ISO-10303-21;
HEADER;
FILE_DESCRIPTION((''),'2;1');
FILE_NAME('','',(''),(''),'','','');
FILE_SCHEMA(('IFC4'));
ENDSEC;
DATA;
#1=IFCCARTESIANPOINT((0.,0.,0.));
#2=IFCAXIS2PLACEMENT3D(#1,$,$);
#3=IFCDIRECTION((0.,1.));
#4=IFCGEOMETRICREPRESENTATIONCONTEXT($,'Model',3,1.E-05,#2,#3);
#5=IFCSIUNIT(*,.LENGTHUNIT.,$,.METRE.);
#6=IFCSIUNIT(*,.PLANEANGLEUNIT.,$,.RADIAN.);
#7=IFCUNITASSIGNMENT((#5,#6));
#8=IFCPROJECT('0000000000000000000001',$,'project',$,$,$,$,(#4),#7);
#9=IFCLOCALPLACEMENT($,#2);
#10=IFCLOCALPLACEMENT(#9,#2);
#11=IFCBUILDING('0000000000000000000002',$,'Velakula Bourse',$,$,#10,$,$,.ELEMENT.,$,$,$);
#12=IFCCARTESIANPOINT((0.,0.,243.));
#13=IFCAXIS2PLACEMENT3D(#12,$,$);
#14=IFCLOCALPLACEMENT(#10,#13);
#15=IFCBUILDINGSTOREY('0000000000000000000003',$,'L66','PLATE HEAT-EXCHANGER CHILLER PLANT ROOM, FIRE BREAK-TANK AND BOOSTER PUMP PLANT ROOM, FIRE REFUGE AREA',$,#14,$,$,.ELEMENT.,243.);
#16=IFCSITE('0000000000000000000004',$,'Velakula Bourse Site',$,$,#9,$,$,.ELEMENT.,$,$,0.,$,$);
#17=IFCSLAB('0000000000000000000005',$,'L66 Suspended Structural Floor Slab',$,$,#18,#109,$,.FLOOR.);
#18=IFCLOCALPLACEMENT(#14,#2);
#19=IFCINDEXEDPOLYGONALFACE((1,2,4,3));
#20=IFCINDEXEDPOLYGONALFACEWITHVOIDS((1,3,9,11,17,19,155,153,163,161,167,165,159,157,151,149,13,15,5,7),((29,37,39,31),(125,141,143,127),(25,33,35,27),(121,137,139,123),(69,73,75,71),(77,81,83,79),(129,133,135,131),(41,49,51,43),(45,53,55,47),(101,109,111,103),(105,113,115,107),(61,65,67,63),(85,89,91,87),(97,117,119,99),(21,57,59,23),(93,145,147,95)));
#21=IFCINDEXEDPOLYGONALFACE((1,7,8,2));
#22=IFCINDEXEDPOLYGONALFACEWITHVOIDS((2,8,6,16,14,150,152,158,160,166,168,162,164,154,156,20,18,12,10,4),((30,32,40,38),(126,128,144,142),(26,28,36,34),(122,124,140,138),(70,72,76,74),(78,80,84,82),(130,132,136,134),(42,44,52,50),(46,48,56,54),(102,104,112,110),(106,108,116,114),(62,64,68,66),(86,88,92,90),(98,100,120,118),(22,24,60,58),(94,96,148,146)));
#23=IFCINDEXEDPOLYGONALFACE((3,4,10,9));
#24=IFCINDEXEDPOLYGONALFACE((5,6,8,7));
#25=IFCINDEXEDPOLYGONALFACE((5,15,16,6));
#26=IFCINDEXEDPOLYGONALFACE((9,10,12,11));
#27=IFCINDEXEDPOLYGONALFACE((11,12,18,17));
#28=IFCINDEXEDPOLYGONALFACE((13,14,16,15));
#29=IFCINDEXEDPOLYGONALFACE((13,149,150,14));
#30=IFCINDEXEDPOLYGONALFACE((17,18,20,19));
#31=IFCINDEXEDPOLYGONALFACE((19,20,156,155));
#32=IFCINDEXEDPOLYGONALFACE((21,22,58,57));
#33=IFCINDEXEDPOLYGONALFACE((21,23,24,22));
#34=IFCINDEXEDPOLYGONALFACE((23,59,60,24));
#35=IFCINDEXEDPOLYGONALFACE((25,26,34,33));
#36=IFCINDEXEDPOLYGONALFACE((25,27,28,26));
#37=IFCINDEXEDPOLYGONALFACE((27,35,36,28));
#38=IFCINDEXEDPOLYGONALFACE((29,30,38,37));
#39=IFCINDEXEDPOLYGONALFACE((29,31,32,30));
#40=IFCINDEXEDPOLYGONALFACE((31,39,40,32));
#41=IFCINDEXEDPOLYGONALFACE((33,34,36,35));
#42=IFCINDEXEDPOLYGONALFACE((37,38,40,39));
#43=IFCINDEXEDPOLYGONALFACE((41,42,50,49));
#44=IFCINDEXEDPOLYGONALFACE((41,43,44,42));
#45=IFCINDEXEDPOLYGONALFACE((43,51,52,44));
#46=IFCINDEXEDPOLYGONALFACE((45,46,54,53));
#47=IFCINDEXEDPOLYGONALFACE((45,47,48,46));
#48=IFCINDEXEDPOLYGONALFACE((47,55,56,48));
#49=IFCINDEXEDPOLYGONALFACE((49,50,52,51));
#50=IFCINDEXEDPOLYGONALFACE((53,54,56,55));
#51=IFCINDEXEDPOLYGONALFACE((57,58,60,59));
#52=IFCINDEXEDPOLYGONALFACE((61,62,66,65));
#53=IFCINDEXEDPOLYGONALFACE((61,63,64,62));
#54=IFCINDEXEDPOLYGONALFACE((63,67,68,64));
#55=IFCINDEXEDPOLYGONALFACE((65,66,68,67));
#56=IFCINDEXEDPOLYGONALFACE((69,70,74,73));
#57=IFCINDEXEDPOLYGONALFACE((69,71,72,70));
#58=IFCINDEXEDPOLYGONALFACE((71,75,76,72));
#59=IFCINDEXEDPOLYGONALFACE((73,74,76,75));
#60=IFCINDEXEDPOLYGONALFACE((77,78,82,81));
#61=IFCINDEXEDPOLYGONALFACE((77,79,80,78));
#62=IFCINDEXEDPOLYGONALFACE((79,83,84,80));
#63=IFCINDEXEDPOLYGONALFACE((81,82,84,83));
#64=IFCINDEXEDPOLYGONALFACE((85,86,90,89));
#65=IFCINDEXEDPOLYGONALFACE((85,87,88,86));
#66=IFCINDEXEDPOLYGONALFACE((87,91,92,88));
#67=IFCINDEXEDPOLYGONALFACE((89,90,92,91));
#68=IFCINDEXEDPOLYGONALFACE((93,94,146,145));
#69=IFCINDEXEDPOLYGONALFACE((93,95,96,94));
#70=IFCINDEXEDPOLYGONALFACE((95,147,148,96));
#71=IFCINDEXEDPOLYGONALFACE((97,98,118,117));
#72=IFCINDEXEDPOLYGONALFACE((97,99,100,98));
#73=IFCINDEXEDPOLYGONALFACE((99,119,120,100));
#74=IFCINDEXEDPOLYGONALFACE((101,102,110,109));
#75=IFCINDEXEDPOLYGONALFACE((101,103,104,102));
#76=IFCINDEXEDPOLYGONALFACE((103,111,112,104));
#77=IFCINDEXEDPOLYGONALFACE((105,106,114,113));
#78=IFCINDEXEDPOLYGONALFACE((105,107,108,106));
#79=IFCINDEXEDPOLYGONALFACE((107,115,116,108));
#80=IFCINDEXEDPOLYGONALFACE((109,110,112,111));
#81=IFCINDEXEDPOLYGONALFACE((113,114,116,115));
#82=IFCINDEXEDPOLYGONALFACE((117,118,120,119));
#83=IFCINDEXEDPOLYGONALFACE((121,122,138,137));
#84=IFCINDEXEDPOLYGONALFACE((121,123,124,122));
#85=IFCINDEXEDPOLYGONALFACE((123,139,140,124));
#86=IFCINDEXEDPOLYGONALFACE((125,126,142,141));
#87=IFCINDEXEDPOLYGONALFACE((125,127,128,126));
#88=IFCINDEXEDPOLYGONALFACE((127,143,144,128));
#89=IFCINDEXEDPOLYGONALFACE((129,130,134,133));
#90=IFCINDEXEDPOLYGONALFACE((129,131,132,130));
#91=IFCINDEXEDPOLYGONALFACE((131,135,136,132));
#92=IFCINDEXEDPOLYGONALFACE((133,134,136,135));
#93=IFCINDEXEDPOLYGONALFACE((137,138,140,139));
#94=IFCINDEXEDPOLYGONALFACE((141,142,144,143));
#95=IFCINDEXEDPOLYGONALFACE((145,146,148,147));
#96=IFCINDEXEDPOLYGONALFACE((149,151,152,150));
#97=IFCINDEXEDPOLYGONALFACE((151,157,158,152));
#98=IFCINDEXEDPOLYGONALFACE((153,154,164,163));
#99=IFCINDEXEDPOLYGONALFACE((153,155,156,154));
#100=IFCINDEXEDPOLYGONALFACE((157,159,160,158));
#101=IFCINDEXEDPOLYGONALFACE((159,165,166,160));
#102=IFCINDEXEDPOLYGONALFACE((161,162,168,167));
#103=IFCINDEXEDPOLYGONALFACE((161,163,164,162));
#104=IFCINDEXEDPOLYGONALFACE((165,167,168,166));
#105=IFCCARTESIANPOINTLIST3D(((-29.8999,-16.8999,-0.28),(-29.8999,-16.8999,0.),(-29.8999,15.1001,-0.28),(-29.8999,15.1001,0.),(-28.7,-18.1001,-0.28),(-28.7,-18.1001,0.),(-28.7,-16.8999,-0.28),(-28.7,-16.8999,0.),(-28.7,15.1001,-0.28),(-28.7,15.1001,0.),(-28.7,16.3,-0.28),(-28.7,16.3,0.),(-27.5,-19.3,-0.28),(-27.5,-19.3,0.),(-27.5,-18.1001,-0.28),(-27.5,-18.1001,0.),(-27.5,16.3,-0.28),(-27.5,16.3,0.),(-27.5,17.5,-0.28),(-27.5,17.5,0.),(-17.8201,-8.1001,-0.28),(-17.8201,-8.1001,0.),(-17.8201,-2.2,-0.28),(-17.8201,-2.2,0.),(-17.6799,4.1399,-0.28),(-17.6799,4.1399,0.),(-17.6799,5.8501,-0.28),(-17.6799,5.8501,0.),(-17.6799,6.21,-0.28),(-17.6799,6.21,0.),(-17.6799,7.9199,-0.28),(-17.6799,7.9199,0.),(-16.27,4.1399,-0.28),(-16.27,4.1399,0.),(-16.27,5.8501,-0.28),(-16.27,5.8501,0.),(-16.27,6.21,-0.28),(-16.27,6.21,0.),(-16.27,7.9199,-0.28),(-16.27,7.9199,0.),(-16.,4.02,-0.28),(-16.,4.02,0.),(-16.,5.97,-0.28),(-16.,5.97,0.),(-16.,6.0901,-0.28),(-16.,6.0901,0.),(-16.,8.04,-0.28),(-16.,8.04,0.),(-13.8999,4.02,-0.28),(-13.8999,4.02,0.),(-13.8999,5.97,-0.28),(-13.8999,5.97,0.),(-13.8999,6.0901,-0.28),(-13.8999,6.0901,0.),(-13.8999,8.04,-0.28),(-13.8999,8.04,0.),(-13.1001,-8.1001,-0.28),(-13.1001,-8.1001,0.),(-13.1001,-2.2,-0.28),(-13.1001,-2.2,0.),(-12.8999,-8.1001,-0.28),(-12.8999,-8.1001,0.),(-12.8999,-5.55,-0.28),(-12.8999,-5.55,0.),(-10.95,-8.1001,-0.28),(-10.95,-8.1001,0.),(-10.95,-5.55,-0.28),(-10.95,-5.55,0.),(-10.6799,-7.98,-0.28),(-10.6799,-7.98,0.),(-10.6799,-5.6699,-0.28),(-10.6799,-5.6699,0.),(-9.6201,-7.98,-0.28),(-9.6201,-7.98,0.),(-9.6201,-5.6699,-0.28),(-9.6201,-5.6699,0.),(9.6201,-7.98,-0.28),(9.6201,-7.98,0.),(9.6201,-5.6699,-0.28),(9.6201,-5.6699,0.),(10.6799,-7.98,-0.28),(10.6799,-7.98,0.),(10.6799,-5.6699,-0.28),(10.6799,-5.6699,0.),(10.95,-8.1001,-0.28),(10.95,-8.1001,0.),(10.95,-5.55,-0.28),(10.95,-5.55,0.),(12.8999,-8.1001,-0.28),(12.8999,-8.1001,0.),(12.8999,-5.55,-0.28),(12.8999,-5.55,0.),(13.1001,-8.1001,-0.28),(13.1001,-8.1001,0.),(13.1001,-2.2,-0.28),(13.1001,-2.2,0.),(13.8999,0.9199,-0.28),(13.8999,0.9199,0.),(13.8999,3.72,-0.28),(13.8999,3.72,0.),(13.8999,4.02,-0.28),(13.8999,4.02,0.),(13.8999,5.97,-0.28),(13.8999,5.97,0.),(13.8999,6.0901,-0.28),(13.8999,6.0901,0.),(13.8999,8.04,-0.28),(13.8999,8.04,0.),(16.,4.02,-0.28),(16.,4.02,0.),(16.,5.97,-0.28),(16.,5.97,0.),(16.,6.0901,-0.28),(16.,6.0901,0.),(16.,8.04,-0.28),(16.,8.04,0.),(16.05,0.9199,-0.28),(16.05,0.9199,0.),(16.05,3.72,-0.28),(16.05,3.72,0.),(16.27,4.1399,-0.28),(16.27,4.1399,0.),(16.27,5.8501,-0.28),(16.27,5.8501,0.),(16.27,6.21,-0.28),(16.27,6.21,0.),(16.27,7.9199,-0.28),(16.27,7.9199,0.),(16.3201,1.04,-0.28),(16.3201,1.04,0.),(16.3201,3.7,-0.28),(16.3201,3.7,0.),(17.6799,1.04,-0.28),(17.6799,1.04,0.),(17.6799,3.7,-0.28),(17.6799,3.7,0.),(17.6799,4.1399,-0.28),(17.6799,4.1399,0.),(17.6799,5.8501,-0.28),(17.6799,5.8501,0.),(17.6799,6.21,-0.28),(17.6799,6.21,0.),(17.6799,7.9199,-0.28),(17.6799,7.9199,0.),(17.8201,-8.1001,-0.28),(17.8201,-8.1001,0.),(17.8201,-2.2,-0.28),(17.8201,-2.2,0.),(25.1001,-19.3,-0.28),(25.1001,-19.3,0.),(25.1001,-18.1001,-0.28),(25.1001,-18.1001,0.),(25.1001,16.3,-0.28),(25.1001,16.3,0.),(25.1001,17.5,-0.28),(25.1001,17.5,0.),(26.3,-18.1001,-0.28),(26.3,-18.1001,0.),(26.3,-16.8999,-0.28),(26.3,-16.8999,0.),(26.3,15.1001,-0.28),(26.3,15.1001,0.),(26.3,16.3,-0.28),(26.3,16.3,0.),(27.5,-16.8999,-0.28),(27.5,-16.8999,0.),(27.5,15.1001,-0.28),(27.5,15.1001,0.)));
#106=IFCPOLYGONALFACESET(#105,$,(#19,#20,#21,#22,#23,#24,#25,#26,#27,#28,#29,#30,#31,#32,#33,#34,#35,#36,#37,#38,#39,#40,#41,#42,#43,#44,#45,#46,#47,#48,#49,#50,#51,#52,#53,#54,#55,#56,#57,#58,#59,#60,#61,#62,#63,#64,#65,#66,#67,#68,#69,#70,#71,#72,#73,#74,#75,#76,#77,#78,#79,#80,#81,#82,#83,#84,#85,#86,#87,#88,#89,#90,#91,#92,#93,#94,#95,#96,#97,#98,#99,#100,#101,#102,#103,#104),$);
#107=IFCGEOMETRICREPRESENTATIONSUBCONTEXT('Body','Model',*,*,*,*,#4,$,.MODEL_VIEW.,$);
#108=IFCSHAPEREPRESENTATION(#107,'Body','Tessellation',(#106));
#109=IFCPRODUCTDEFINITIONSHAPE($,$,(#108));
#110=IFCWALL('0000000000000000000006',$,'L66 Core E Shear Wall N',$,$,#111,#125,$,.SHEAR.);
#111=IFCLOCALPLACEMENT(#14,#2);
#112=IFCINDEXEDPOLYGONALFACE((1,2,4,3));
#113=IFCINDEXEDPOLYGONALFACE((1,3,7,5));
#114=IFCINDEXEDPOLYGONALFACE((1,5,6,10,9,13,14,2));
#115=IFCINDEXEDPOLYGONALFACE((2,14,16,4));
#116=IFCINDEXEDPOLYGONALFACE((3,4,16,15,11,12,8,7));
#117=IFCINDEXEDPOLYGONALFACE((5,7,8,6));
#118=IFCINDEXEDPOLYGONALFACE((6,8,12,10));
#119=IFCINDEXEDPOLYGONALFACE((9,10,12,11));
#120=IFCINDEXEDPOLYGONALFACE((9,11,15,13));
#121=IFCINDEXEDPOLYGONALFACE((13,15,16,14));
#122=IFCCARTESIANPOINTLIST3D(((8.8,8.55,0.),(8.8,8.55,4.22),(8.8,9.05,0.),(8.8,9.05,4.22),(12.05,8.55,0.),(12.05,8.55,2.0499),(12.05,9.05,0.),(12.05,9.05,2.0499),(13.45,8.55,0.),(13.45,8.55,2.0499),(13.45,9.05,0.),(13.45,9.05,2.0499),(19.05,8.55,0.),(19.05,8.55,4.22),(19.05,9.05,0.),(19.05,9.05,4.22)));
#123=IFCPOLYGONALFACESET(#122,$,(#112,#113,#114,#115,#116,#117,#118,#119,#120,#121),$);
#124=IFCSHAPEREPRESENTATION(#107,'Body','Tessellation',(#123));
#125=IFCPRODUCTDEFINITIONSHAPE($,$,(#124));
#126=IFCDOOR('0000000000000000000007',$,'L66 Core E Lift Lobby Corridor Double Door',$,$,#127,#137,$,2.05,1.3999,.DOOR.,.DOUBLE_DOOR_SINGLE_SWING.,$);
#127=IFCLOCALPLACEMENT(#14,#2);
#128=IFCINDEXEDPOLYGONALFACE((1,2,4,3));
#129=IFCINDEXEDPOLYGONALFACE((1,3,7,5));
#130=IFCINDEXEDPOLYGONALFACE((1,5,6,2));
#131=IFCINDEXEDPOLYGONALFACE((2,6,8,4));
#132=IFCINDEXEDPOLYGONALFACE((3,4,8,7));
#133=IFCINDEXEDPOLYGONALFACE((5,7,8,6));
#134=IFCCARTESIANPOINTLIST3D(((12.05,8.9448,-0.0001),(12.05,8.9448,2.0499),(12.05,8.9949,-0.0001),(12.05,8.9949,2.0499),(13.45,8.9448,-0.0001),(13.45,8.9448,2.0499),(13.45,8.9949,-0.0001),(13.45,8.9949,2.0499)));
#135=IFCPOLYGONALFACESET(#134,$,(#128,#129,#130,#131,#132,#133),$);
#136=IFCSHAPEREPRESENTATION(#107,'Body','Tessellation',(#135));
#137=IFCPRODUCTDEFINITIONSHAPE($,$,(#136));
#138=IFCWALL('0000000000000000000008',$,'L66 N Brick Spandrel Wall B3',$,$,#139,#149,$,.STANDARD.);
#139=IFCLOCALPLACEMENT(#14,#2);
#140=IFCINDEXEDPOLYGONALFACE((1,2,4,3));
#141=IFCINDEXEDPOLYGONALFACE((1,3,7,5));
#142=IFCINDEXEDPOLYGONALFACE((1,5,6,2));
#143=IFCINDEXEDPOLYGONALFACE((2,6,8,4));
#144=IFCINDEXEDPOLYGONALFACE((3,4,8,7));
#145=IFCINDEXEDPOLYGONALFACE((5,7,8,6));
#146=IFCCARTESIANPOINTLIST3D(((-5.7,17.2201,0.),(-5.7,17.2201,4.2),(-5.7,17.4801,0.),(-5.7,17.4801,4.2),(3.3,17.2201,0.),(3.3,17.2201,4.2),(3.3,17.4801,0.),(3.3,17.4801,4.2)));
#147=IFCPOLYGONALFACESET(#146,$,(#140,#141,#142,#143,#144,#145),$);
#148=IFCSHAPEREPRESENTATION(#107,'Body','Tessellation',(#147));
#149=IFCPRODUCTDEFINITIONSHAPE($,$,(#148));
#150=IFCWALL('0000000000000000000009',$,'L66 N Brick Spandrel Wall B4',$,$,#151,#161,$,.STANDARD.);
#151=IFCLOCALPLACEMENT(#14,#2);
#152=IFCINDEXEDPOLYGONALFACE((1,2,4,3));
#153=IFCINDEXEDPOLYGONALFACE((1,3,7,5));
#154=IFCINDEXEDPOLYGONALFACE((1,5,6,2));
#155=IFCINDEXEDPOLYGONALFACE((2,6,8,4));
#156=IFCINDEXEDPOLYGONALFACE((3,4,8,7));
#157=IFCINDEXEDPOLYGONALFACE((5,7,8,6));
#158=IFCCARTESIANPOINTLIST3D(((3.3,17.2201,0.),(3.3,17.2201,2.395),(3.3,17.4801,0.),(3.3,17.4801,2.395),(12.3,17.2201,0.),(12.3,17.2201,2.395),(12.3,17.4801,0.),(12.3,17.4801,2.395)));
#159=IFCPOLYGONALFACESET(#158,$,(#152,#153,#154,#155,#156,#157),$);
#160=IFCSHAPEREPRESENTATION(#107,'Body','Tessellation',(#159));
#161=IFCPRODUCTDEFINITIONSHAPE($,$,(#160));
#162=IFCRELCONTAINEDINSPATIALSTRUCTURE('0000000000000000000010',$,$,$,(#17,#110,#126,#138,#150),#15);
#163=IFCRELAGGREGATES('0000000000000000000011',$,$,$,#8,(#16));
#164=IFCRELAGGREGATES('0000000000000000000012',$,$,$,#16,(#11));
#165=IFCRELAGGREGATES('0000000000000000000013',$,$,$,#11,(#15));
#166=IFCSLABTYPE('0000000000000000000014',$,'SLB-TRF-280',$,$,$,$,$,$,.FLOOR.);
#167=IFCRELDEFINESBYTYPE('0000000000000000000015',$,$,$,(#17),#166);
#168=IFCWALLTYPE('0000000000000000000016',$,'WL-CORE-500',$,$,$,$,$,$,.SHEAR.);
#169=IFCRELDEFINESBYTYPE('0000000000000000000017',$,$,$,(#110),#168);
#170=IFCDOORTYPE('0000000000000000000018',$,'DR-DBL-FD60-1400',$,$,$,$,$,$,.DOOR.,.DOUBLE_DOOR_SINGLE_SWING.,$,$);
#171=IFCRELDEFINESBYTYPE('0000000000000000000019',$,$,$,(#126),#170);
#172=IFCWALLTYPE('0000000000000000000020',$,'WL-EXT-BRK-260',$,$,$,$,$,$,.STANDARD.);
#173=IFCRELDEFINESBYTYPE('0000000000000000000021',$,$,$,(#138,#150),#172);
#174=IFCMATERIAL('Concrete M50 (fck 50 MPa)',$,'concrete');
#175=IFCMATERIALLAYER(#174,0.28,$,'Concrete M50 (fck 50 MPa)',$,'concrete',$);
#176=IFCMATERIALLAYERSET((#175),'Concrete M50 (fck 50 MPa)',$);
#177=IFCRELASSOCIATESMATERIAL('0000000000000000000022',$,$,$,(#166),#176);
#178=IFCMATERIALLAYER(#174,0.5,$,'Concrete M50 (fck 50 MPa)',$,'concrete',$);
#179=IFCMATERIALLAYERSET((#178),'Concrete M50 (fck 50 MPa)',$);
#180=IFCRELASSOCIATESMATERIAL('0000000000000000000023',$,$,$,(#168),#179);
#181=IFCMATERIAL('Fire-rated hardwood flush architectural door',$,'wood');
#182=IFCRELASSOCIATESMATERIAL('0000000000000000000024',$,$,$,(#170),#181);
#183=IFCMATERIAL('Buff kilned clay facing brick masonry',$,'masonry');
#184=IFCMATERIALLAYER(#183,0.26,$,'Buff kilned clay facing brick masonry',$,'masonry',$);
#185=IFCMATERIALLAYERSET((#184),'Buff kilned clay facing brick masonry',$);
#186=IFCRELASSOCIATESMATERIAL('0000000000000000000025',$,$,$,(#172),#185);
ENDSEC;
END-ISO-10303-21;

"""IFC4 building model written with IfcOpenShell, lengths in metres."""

from ifc_helpers import new_model, si_unit, direction, frame, frame_2d, origin, place, context, subcontext, project, spatial, polyline, rectangle, outline, extrude, material, layer, layer_set, type_object, element, fill, save


model = new_model("IFC4")

# Units and contexts
model_context = context("Model", 3, precision=1e-05, world=origin(), true_north=direction((0.0, 1.0)))
body_context = subcontext(model_context, "Body", "Model", "MODEL_VIEW")
ifc_project = project(units=[si_unit("LENGTHUNIT", "METRE"), si_unit("PLANEANGLEUNIT", "RADIAN")], contexts=[model_context])

# Site, building, storey
site_placement = place(None, origin())
site = spatial("IfcSite", under=ifc_project, at=site_placement, Name="Velakula Bourse Site", CompositionType="ELEMENT", RefElevation=0.0)
building_placement = place(site_placement, origin())
building = spatial("IfcBuilding", under=site, at=building_placement, Name="Velakula Bourse", CompositionType="ELEMENT")
storey_placement = place(building_placement, frame((0.0, 0.0, 243.0)))
storey = spatial("IfcBuildingStorey", under=building, at=storey_placement, Name="L66", Description="PLATE HEAT-EXCHANGER CHILLER PLANT ROOM, FIRE BREAK-TANK AND BOOSTER PUMP PLANT ROOM, FIRE REFUGE AREA", CompositionType="ELEMENT", Elevation=243.0)

# Shared definitions
ifc_material_1 = material(Name="Concrete M50 (fck 50 MPa)", Category="concrete")

# Slab
ifc_layer_1 = layer(ifc_material_1, 0.28, Name="Concrete M50 (fck 50 MPa)", Category="concrete")
ifc_layer_set_1 = layer_set([ifc_layer_1], Name="Concrete M50 (fck 50 MPa)")
slab_type_1 = type_object("IfcSlabType", Name="SLB-TRF-280", PredefinedType="FLOOR", material=ifc_layer_set_1)
slab_1_placement = place(storey_placement, frame((0.0, 0.0, -0.28)))
element("IfcSlab", 1, at=slab_1_placement, inside=storey, type_object=slab_type_1, Name="L66 Suspended Structural Floor Slab", PredefinedType="FLOOR", context=body_context, shape_type="SweptSolid", body=[
    extrude(outline(polyline([(-27.5, -19.3), (25.1001, -19.3), (25.1001, -18.1001), (26.3, -18.1001), (26.3, -16.8999), (27.5, -16.8999), (27.5, 15.1001), (26.3, 15.1001), (26.3, 16.3), (25.1001, 16.3), (25.1001, 17.5), (-27.5, 17.5), (-27.5, 16.3), (-28.7, 16.3), (-28.7, 15.1001), (-29.8999, 15.1001), (-29.8999, -16.8999), (-28.7, -16.8999), (-28.7, -18.1001), (-27.5, -18.1001), (-27.5, -19.3)]), holes=[polyline([(-17.8201, -8.1001), (-13.1001, -8.1001), (-13.1001, -2.2), (-17.8201, -2.2), (-17.8201, -8.1001)]), polyline([(13.1001, -8.1001), (17.8201, -8.1001), (17.8201, -2.2), (13.1001, -2.2), (13.1001, -8.1001)]), polyline([(-12.8999, -8.1001), (-10.95, -8.1001), (-10.95, -5.55), (-12.8999, -5.55), (-12.8999, -8.1001)]), polyline([(10.95, -8.1001), (12.8999, -8.1001), (12.8999, -5.55), (10.95, -5.55), (10.95, -8.1001)]), polyline([(13.8999, 0.9199), (16.05, 0.9199), (16.05, 3.72), (13.8999, 3.72), (13.8999, 0.9199)]), polyline([(-10.6799, -7.98), (-9.6201, -7.98), (-9.6201, -5.6699), (-10.6799, -5.6699), (-10.6799, -7.98)]), polyline([(-17.6799, 4.1399), (-16.27, 4.1399), (-16.27, 5.8501), (-17.6799, 5.8501), (-17.6799, 4.1399)]), polyline([(-17.6799, 6.21), (-16.27, 6.21), (-16.27, 7.9199), (-17.6799, 7.9199), (-17.6799, 6.21)]), polyline([(9.6201, -7.98), (10.6799, -7.98), (10.6799, -5.6699), (9.6201, -5.6699), (9.6201, -7.98)]), polyline([(16.27, 4.1399), (17.6799, 4.1399), (17.6799, 5.8501), (16.27, 5.8501), (16.27, 4.1399)]), polyline([(16.27, 6.21), (17.6799, 6.21), (17.6799, 7.9199), (16.27, 7.9199), (16.27, 6.21)]), polyline([(16.3201, 1.04), (17.6799, 1.04), (17.6799, 3.7), (16.3201, 3.7), (16.3201, 1.04)]), polyline([(-16.0, 4.02), (-13.8999, 4.02), (-13.8999, 5.97), (-16.0, 5.97), (-16.0, 4.02)]), polyline([(-16.0, 6.0901), (-13.8999, 6.0901), (-13.8999, 8.04), (-16.0, 8.04), (-16.0, 6.0901)]), polyline([(13.8999, 4.02), (16.0, 4.02), (16.0, 5.97), (13.8999, 5.97), (13.8999, 4.02)]), polyline([(13.8999, 6.0901), (16.0, 6.0901), (16.0, 8.04), (13.8999, 8.04), (13.8999, 6.0901)])]), origin(), (0.0, 0.0, 1.0), 0.28),
])

# Wall, opening, door
ifc_layer_2 = layer(ifc_material_1, 0.5, Name="Concrete M50 (fck 50 MPa)", Category="concrete")
ifc_layer_set_2 = layer_set([ifc_layer_2], Name="Concrete M50 (fck 50 MPa)")
wall_type_1 = type_object("IfcWallType", Name="WL-CORE-500", PredefinedType="SHEAR", material=ifc_layer_set_2)
wall_1_placement = place(storey_placement, frame((8.8, 8.8, 0.0), z_axis=(0.0, 0.0, 1.0), x_axis=(1.0, 0.0, 0.0)))
wall_1 = element("IfcWall", 2, at=wall_1_placement, inside=storey, type_object=wall_type_1, Name="L66 Core E Shear Wall N", PredefinedType="SHEAR", context=body_context, shape_type="SweptSolid", body=[
    extrude(rectangle(XDim=10.25, YDim=0.5, at=frame_2d((5.125, 0.0))), origin(), (0.0, 0.0, 1.0), 4.22),
])
opening_placement = place(wall_1_placement, frame((3.25, 0.0, 0.0)))
opening = element("IfcOpeningElement", 3, at=opening_placement, cuts=wall_1, PredefinedType="OPENING", context=body_context, shape_type="SweptSolid", body=[
    extrude(rectangle(XDim=1.3999, YDim=2.05, at=frame_2d((0.7, 1.0249))), frame((0.0, 0.26, 0.0), z_axis=(0.0, -1.0, 0.0), x_axis=(1.0, 0.0, 0.0)), (0.0, 0.0, 1.0), 0.52),
])
ifc_material_2 = material(Name="Fire-rated hardwood flush architectural door", Category="wood")
door_type = type_object("IfcDoorType", Name="DR-DBL-FD60-1400", OperationType="DOUBLE_DOOR_SINGLE_SWING", PredefinedType="DOOR", material=ifc_material_2)
door_placement = place(opening_placement, origin())
door = element("IfcDoor", 4, at=door_placement, inside=storey, type_object=door_type, Name="L66 Core E Lift Lobby Corridor Double Door", OperationType="DOUBLE_DOOR_SINGLE_SWING", OverallHeight=2.05, OverallWidth=1.3999, PredefinedType="DOOR", context=body_context, shape_type="SweptSolid", body=[
    extrude(rectangle(XDim=1.3999, YDim=2.05, at=frame_2d((0.7, 1.0249))), frame((0.0, 0.1948, 0.0), z_axis=(0.0, -1.0, 0.0), x_axis=(1.0, 0.0, 0.0)), (0.0, 0.0, 1.0), 0.05),
])
fill(opening, door)

# Walls
ifc_material_3 = material(Name="Buff kilned clay facing brick masonry", Category="masonry")
ifc_layer_3 = layer(ifc_material_3, 0.26, Name="Buff kilned clay facing brick masonry", Category="masonry")
ifc_layer_set_3 = layer_set([ifc_layer_3], Name="Buff kilned clay facing brick masonry")
wall_type_2 = type_object("IfcWallType", Name="WL-EXT-BRK-260", PredefinedType="STANDARD", material=ifc_layer_set_3)
wall_2_placement = place(storey_placement, frame((-5.7, 17.3501, 0.0), z_axis=(0.0, 0.0, 1.0), x_axis=(1.0, 0.0, 0.0)))
element("IfcWall", 5, at=wall_2_placement, inside=storey, type_object=wall_type_2, Name="L66 N Brick Spandrel Wall B3", PredefinedType="STANDARD", context=body_context, shape_type="SweptSolid", body=[
    extrude(rectangle(XDim=9.0, YDim=0.26, at=frame_2d((4.5, 0.0))), origin(), (0.0, 0.0, 1.0), 4.2),
])
wall_3_placement = place(storey_placement, frame((3.3, 17.3501, 0.0), z_axis=(0.0, 0.0, 1.0), x_axis=(1.0, 0.0, 0.0)))
element("IfcWall", 6, at=wall_3_placement, inside=storey, type_object=wall_type_2, Name="L66 N Brick Spandrel Wall B4", PredefinedType="STANDARD", context=body_context, shape_type="SweptSolid", body=[
    extrude(rectangle(XDim=9.0, YDim=0.26, at=frame_2d((4.5, 0.0))), origin(), (0.0, 0.0, 1.0), 2.395),
])

save(model, "model.ifc")
